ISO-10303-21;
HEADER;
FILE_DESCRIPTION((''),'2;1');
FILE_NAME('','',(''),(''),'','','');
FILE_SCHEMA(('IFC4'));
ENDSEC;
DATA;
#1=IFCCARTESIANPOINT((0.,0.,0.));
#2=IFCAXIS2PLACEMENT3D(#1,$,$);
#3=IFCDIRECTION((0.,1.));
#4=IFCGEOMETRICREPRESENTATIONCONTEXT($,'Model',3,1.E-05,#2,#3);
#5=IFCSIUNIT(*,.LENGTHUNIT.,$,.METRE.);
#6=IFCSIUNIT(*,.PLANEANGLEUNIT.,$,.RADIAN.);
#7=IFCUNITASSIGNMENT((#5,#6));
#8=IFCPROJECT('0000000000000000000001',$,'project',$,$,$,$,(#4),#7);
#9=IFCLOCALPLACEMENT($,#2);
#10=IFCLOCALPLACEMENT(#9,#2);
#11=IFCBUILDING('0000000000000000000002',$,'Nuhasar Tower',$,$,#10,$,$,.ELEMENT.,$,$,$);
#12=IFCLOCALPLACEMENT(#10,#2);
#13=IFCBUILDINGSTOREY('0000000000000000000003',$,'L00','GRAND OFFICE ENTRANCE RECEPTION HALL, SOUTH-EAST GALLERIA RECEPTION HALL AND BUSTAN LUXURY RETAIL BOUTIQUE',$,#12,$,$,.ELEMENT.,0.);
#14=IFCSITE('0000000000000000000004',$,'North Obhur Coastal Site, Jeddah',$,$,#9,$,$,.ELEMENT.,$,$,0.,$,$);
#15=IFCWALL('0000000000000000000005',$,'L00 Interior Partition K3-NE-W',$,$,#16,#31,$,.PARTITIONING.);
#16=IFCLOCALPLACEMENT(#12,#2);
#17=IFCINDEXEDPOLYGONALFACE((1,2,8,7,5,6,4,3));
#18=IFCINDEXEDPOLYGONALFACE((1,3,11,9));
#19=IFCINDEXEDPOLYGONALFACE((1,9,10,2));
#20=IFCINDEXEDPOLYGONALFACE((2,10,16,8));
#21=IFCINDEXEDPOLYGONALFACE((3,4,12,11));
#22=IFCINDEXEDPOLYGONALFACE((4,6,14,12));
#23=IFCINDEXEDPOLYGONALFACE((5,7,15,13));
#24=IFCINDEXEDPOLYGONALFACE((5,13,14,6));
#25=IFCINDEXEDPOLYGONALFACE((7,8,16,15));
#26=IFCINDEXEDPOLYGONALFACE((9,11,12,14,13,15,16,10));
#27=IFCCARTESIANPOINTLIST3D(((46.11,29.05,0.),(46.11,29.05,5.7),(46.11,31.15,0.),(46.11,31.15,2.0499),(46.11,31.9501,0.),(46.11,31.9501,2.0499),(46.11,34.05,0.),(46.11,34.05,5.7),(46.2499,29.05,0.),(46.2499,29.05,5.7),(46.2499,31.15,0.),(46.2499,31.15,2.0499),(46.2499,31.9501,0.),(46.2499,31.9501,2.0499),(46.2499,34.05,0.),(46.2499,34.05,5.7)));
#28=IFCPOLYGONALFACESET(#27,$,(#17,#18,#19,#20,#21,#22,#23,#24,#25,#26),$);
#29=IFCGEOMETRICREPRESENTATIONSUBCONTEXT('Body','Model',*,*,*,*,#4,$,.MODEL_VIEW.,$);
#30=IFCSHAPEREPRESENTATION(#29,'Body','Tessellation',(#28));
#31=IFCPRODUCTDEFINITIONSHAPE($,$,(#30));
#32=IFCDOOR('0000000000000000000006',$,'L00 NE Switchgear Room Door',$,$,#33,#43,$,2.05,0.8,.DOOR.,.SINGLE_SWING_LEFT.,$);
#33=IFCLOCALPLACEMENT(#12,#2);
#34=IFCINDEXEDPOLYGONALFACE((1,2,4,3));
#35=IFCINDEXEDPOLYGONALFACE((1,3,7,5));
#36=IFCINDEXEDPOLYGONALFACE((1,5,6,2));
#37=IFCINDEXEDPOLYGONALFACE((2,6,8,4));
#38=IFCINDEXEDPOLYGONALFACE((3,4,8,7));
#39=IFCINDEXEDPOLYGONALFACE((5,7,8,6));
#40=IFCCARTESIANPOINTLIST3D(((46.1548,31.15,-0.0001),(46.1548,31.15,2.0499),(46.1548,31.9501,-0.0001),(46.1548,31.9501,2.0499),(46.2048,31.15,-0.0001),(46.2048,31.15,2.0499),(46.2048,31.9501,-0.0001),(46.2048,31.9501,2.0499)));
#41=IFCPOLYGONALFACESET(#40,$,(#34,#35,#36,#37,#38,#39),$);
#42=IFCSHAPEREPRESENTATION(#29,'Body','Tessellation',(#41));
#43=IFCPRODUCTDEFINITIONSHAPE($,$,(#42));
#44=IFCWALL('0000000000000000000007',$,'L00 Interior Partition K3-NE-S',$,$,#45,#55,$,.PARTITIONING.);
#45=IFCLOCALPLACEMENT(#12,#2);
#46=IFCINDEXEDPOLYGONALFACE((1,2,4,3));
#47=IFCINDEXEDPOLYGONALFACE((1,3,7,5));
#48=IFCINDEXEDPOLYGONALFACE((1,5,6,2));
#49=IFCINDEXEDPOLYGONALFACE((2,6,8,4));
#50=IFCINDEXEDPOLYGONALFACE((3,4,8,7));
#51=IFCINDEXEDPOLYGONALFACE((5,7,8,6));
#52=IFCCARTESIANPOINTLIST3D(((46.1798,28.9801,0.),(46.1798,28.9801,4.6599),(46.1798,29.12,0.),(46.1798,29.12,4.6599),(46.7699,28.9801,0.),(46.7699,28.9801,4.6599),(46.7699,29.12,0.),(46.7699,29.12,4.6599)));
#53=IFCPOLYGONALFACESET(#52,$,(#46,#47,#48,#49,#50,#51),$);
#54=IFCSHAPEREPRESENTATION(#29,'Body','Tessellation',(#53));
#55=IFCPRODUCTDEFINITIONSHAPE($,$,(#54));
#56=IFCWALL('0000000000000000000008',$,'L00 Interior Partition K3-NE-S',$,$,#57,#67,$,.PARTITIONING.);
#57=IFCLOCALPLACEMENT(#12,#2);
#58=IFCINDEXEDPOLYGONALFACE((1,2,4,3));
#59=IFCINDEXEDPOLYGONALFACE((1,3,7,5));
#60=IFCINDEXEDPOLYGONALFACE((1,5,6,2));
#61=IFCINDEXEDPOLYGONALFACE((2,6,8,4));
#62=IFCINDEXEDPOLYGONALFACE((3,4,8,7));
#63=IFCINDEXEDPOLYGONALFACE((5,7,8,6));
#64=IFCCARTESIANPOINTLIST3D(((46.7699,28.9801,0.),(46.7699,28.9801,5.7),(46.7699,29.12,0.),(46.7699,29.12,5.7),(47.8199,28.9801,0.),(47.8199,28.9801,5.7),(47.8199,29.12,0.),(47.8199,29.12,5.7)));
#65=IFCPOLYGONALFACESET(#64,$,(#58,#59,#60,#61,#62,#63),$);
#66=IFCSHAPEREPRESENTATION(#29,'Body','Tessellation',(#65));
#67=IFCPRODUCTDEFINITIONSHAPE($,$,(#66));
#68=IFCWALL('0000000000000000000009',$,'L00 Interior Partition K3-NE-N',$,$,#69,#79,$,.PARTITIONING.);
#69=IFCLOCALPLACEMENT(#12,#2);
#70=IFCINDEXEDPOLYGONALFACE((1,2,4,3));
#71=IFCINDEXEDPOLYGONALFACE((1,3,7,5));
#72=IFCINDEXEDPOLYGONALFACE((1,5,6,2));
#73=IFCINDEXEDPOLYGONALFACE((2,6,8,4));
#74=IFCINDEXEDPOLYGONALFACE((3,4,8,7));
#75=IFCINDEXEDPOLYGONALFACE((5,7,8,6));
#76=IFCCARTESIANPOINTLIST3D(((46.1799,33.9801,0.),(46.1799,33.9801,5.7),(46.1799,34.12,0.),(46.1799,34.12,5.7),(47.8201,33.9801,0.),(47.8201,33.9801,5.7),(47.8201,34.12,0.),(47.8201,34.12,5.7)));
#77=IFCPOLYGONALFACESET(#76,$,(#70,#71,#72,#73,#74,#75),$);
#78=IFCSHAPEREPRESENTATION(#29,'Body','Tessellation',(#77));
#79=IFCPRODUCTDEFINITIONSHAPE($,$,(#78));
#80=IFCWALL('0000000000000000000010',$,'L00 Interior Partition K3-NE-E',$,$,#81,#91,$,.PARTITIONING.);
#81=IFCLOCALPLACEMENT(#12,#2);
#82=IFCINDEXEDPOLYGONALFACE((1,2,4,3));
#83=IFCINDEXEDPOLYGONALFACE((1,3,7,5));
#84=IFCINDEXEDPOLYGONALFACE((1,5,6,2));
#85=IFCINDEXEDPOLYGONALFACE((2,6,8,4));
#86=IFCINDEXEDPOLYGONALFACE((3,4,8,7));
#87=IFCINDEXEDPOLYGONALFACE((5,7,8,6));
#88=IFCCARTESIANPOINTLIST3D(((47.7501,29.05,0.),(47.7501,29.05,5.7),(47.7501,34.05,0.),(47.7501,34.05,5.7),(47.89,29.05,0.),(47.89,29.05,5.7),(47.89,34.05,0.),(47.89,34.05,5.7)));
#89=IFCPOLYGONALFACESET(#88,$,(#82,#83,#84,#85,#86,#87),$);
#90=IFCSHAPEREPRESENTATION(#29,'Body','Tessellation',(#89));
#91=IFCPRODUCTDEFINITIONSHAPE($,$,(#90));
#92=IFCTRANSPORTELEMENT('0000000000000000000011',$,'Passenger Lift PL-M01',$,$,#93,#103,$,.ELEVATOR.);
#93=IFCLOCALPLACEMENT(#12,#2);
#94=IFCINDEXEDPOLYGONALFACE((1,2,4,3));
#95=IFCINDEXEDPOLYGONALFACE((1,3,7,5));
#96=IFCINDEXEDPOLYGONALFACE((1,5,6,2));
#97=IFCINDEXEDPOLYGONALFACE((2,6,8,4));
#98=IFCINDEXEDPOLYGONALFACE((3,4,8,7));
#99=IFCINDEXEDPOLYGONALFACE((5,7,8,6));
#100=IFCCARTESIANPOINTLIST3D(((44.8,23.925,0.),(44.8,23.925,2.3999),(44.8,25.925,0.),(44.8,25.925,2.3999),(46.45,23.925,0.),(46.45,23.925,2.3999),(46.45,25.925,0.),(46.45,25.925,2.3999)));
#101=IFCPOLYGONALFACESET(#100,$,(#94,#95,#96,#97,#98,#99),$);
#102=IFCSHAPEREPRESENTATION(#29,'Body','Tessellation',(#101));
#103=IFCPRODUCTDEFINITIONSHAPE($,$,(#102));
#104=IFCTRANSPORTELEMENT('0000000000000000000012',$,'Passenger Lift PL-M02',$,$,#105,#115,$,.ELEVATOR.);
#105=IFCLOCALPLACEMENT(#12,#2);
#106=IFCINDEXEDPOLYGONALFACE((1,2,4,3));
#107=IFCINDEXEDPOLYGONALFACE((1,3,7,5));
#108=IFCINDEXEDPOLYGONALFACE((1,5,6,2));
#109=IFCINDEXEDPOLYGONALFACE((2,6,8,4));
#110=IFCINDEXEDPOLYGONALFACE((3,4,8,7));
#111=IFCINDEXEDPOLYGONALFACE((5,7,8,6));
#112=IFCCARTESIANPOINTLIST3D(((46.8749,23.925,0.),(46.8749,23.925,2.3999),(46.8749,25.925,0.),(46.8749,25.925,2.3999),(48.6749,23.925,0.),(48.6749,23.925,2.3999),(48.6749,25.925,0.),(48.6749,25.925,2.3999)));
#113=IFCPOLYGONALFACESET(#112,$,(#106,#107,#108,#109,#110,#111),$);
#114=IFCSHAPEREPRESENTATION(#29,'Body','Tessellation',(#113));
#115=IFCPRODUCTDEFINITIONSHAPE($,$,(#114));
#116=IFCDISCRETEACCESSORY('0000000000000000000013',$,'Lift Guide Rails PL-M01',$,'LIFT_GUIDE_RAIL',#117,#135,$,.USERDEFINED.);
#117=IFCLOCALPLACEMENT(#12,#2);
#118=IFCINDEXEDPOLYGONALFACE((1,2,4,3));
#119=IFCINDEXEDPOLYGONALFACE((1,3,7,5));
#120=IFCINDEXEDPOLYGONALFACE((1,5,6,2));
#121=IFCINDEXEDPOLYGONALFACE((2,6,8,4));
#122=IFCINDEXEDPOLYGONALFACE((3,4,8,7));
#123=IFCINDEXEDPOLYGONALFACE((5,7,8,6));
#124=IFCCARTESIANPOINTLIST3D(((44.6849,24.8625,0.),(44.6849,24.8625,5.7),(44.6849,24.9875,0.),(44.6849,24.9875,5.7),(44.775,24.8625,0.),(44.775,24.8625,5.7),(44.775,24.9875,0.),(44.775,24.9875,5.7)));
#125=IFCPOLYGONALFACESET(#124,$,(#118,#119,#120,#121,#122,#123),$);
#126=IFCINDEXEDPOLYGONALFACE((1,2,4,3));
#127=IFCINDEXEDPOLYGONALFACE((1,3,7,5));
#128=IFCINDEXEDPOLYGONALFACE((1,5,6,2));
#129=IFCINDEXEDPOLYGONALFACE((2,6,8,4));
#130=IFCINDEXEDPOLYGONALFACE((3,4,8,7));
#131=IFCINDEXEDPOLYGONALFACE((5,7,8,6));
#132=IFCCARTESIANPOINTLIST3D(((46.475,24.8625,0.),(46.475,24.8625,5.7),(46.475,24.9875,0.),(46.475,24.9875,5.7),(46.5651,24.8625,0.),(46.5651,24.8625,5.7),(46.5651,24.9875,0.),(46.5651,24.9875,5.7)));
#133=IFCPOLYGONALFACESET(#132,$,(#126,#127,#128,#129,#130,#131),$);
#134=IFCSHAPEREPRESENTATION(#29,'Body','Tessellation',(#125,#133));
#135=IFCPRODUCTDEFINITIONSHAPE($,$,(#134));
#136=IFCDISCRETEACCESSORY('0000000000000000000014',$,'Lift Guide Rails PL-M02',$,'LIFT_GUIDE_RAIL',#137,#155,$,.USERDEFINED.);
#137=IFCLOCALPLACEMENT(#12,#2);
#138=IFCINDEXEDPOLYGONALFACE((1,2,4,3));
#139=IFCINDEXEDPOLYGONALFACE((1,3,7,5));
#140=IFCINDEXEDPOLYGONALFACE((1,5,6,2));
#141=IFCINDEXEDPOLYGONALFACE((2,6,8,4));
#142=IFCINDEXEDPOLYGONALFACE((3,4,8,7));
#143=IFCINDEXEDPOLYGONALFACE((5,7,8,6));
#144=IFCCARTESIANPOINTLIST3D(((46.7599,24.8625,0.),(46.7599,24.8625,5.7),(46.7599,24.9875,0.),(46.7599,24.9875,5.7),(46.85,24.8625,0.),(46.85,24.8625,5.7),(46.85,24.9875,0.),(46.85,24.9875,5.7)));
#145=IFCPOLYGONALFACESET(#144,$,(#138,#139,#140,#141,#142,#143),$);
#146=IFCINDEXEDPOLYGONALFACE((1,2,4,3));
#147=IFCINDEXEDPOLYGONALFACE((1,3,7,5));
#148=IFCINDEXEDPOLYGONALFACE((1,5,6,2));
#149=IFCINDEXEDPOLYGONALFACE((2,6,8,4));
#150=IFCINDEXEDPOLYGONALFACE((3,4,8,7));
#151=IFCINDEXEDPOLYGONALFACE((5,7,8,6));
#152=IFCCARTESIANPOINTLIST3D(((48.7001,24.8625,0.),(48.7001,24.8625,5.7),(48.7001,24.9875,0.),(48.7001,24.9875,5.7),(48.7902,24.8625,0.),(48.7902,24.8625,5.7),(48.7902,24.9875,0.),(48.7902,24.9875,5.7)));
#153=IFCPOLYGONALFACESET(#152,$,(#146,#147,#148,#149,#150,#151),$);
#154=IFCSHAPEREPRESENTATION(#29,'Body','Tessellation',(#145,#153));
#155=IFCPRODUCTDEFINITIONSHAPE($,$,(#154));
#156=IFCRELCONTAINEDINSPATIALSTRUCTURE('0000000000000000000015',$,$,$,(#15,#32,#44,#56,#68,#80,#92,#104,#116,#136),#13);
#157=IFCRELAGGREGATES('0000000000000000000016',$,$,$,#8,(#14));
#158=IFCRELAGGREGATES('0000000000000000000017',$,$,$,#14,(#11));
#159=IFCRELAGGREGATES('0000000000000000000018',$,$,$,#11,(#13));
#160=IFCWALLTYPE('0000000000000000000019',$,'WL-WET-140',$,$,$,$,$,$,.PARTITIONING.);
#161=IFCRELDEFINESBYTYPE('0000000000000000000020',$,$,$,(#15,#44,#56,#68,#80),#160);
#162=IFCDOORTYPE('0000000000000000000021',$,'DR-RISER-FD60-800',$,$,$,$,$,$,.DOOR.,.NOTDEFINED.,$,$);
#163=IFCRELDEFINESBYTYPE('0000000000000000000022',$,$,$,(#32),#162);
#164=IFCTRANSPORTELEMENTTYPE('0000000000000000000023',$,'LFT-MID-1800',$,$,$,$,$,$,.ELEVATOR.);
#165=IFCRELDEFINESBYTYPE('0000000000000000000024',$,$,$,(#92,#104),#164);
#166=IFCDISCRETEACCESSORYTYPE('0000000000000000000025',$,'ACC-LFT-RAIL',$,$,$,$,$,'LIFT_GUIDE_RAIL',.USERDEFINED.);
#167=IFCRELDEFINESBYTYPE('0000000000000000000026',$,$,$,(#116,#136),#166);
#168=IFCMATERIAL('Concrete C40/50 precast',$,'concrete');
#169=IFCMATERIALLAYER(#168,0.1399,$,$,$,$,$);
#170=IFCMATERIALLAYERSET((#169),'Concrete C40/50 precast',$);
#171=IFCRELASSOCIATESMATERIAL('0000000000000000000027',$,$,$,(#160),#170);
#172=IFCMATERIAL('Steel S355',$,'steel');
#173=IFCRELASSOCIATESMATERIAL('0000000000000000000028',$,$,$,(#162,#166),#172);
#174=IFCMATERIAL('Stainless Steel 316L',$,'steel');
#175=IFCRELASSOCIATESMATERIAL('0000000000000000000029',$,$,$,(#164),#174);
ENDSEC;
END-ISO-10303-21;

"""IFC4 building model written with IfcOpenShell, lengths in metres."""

from ifc_helpers import new_model, si_unit, direction, frame, frame_2d, origin, origin_2d, place, context, subcontext, project, spatial, rectangle, extrude, material, layer, layer_set, type_object, element, fill, save


model = new_model("IFC4")

# Units and contexts
model_context = context("Model", 3, precision=1e-05, world=origin(), true_north=direction((0.0, 1.0)))
body_context = subcontext(model_context, "Body", "Model", "MODEL_VIEW")
ifc_project = project(units=[si_unit("LENGTHUNIT", "METRE"), si_unit("PLANEANGLEUNIT", "RADIAN")], contexts=[model_context])

# Site, building, storey
site_placement = place(None, origin())
site = spatial("IfcSite", under=ifc_project, at=site_placement, Name="North Obhur Coastal Site, Jeddah", CompositionType="ELEMENT", RefElevation=0.0)
building_placement = place(site_placement, origin())
building = spatial("IfcBuilding", under=site, at=building_placement, Name="Nuhasar Tower", CompositionType="ELEMENT")
storey_placement = place(building_placement, origin())
storey = spatial("IfcBuildingStorey", under=building, at=storey_placement, Name="L00", Description="GRAND OFFICE ENTRANCE RECEPTION HALL, SOUTH-EAST GALLERIA RECEPTION HALL AND BUSTAN LUXURY RETAIL BOUTIQUE", CompositionType="ELEMENT", Elevation=0.0)

# Shared definitions
ifc_material_1 = material(Name="Steel S355", Category="steel")

# Shared definitions
ifc_material_2 = material(Name="Concrete C40/50 precast", Category="concrete")

# Wall, opening, door
ifc_layer_1 = layer(ifc_material_2, 0.1399)
ifc_layer_set_1 = layer_set([ifc_layer_1], Name="Concrete C40/50 precast")
wall_type_1 = type_object("IfcWallType", Name="WL-WET-140", PredefinedType="PARTITIONING", material=ifc_layer_set_1)
wall_1_placement = place(storey_placement, frame((46.1799, 34.05, 0.0), z_axis=(0.0, 0.0, 1.0), x_axis=(0.0, -1.0, 0.0)))
wall_1 = element("IfcWall", 1, at=wall_1_placement, inside=storey, type_object=wall_type_1, Name="L00 Interior Partition K3-NE-W", PredefinedType="PARTITIONING", context=body_context, shape_type="SweptSolid", body=[
    extrude(rectangle(XDim=5.0, YDim=0.1399, at=frame_2d((2.5, 0.0))), origin(), (0.0, 0.0, 1.0), 5.7),
])
opening_1_placement = place(wall_1_placement, frame((2.1001, 0.0, 0.0)))
opening_1 = element("IfcOpeningElement", 2, at=opening_1_placement, cuts=wall_1, PredefinedType="OPENING", context=body_context, shape_type="SweptSolid", body=[
    extrude(rectangle(XDim=0.8, YDim=2.05, at=frame_2d((0.3999, 1.0249))), frame((0.0, 0.0801, 0.0), z_axis=(0.0, -1.0, 0.0), x_axis=(1.0, 0.0, 0.0)), (0.0, 0.0, 1.0), 0.1599),
])
door_type_1 = type_object("IfcDoorType", Name="DR-RISER-FD60-800", OperationType="NOTDEFINED", PredefinedType="DOOR", material=ifc_material_1)
door_1_placement = place(opening_1_placement, origin())
door_1 = element("IfcDoor", 3, at=door_1_placement, inside=storey, type_object=door_type_1, Name="L00 NE Switchgear Room Door", OperationType="SINGLE_SWING_LEFT", OverallHeight=2.05, OverallWidth=0.8, PredefinedType="DOOR", context=body_context, shape_type="SweptSolid", body=[
    extrude(rectangle(XDim=0.8, YDim=2.05, at=frame_2d((0.3999, 1.0249))), frame((0.0, 0.0249, 0.0), z_axis=(0.0, -1.0, 0.0), x_axis=(1.0, 0.0, 0.0)), (0.0, 0.0, 1.0), 0.05),
])
fill(opening_1, door_1)

# Walls
wall_2_placement = place(storey_placement, frame((46.1799, 29.05, 0.0), z_axis=(0.0, 0.0, 1.0), x_axis=(1.0, 0.0, 0.0)))
element("IfcWall", 4, at=wall_2_placement, inside=storey, type_object=wall_type_1, Name="L00 Interior Partition K3-NE-S", PredefinedType="PARTITIONING", context=body_context, shape_type="SweptSolid", body=[
    extrude(rectangle(XDim=0.5901, YDim=0.1399, at=frame_2d((0.2949, 0.0))), origin(), (0.0, 0.0, 1.0), 4.6599),
])
wall_3_placement = place(storey_placement, frame((46.77, 29.05, 0.0), z_axis=(0.0, 0.0, 1.0), x_axis=(1.0, 0.0, 0.0)))
element("IfcWall", 5, at=wall_3_placement, inside=storey, type_object=wall_type_1, Name="L00 Interior Partition K3-NE-S", PredefinedType="PARTITIONING", context=body_context, shape_type="SweptSolid", body=[
    extrude(rectangle(XDim=1.05, YDim=0.1399, at=frame_2d((0.5249, 0.0))), origin(), (0.0, 0.0, 1.0), 5.7),
])
wall_4_placement = place(storey_placement, frame((46.1799, 34.05, 0.0), z_axis=(0.0, 0.0, 1.0), x_axis=(1.0, 0.0, 0.0)))
element("IfcWall", 6, at=wall_4_placement, inside=storey, type_object=wall_type_1, Name="L00 Interior Partition K3-NE-N", PredefinedType="PARTITIONING", context=body_context, shape_type="SweptSolid", body=[
    extrude(rectangle(XDim=1.6401, YDim=0.1399, at=frame_2d((0.8201, 0.0))), origin(), (0.0, 0.0, 1.0), 5.7),
])
wall_5_placement = place(storey_placement, frame((47.8201, 29.05, 0.0), z_axis=(0.0, 0.0, 1.0), x_axis=(0.0, 1.0, 0.0)))
element("IfcWall", 7, at=wall_5_placement, inside=storey, type_object=wall_type_1, Name="L00 Interior Partition K3-NE-E", PredefinedType="PARTITIONING", context=body_context, shape_type="SweptSolid", body=[
    extrude(rectangle(XDim=5.0, YDim=0.1399, at=frame_2d((2.5, 0.0))), origin(), (0.0, 0.0, 1.0), 5.7),
])

# Transport elements
ifc_material_3 = material(Name="Stainless Steel 316L", Category="steel")
transport_element_type = type_object("IfcTransportElementType", Name="LFT-MID-1800", PredefinedType="ELEVATOR", material=ifc_material_3)
transport_element_1_placement = place(storey_placement, frame((45.625, 24.925, 0.0), z_axis=(0.0, 0.0, 1.0), x_axis=(1.0, 0.0, 0.0)))
element("IfcTransportElement", 8, at=transport_element_1_placement, inside=storey, type_object=transport_element_type, Name="Passenger Lift PL-M01", PredefinedType="ELEVATOR", context=body_context, shape_type="SweptSolid", body=[
    extrude(rectangle(XDim=1.6499, YDim=2.0, at=origin_2d()), origin(), (0.0, 0.0, 1.0), 2.3999),
])
transport_element_2_placement = place(storey_placement, frame((47.7749, 24.925, 0.0), z_axis=(0.0, 0.0, 1.0), x_axis=(1.0, 0.0, 0.0)))
element("IfcTransportElement", 9, at=transport_element_2_placement, inside=storey, type_object=transport_element_type, Name="Passenger Lift PL-M02", PredefinedType="ELEVATOR", context=body_context, shape_type="SweptSolid", body=[
    extrude(rectangle(XDim=1.8, YDim=2.0, at=origin_2d()), origin(), (0.0, 0.0, 1.0), 2.3999),
])

# Discrete accessories
discrete_accessory_type = type_object("IfcDiscreteAccessoryType", Name="ACC-LFT-RAIL", ElementType="LIFT_GUIDE_RAIL", PredefinedType="USERDEFINED", material=ifc_material_1)
discrete_accessory_1_placement = place(storey_placement, frame((44.73, 24.925, 2.8501)))
element("IfcDiscreteAccessory", 10, at=discrete_accessory_1_placement, inside=storey, type_object=discrete_accessory_type, Name="Lift Guide Rails PL-M01", ObjectType="LIFT_GUIDE_RAIL", PredefinedType="USERDEFINED", context=body_context, shape_type="SweptSolid", body=[
    extrude(rectangle(XDim=0.0901, YDim=0.125, at=origin_2d()), frame((0.0, 0.0, -2.8501), z_axis=(0.0, 0.0, 1.0), x_axis=(1.0, 0.0, 0.0)), (0.0, 0.0, 1.0), 5.7),
    extrude(rectangle(XDim=0.0901, YDim=0.125, at=origin_2d()), frame((1.79, 0.0, -2.8501), z_axis=(0.0, 0.0, 1.0), x_axis=(1.0, 0.0, 0.0)), (0.0, 0.0, 1.0), 5.7),
])
discrete_accessory_2_placement = place(storey_placement, frame((46.8049, 24.925, 2.8501)))
element("IfcDiscreteAccessory", 11, at=discrete_accessory_2_placement, inside=storey, type_object=discrete_accessory_type, Name="Lift Guide Rails PL-M02", ObjectType="LIFT_GUIDE_RAIL", PredefinedType="USERDEFINED", context=body_context, shape_type="SweptSolid", body=[
    extrude(rectangle(XDim=0.0901, YDim=0.125, at=origin_2d()), frame((0.0, 0.0, -2.8501), z_axis=(0.0, 0.0, 1.0), x_axis=(1.0, 0.0, 0.0)), (0.0, 0.0, 1.0), 5.7),
    extrude(rectangle(XDim=0.0901, YDim=0.125, at=origin_2d()), frame((1.9402, 0.0, -2.8501), z_axis=(0.0, 0.0, 1.0), x_axis=(1.0, 0.0, 0.0)), (0.0, 0.0, 1.0), 5.7),
])

save(model, "model.ifc")
